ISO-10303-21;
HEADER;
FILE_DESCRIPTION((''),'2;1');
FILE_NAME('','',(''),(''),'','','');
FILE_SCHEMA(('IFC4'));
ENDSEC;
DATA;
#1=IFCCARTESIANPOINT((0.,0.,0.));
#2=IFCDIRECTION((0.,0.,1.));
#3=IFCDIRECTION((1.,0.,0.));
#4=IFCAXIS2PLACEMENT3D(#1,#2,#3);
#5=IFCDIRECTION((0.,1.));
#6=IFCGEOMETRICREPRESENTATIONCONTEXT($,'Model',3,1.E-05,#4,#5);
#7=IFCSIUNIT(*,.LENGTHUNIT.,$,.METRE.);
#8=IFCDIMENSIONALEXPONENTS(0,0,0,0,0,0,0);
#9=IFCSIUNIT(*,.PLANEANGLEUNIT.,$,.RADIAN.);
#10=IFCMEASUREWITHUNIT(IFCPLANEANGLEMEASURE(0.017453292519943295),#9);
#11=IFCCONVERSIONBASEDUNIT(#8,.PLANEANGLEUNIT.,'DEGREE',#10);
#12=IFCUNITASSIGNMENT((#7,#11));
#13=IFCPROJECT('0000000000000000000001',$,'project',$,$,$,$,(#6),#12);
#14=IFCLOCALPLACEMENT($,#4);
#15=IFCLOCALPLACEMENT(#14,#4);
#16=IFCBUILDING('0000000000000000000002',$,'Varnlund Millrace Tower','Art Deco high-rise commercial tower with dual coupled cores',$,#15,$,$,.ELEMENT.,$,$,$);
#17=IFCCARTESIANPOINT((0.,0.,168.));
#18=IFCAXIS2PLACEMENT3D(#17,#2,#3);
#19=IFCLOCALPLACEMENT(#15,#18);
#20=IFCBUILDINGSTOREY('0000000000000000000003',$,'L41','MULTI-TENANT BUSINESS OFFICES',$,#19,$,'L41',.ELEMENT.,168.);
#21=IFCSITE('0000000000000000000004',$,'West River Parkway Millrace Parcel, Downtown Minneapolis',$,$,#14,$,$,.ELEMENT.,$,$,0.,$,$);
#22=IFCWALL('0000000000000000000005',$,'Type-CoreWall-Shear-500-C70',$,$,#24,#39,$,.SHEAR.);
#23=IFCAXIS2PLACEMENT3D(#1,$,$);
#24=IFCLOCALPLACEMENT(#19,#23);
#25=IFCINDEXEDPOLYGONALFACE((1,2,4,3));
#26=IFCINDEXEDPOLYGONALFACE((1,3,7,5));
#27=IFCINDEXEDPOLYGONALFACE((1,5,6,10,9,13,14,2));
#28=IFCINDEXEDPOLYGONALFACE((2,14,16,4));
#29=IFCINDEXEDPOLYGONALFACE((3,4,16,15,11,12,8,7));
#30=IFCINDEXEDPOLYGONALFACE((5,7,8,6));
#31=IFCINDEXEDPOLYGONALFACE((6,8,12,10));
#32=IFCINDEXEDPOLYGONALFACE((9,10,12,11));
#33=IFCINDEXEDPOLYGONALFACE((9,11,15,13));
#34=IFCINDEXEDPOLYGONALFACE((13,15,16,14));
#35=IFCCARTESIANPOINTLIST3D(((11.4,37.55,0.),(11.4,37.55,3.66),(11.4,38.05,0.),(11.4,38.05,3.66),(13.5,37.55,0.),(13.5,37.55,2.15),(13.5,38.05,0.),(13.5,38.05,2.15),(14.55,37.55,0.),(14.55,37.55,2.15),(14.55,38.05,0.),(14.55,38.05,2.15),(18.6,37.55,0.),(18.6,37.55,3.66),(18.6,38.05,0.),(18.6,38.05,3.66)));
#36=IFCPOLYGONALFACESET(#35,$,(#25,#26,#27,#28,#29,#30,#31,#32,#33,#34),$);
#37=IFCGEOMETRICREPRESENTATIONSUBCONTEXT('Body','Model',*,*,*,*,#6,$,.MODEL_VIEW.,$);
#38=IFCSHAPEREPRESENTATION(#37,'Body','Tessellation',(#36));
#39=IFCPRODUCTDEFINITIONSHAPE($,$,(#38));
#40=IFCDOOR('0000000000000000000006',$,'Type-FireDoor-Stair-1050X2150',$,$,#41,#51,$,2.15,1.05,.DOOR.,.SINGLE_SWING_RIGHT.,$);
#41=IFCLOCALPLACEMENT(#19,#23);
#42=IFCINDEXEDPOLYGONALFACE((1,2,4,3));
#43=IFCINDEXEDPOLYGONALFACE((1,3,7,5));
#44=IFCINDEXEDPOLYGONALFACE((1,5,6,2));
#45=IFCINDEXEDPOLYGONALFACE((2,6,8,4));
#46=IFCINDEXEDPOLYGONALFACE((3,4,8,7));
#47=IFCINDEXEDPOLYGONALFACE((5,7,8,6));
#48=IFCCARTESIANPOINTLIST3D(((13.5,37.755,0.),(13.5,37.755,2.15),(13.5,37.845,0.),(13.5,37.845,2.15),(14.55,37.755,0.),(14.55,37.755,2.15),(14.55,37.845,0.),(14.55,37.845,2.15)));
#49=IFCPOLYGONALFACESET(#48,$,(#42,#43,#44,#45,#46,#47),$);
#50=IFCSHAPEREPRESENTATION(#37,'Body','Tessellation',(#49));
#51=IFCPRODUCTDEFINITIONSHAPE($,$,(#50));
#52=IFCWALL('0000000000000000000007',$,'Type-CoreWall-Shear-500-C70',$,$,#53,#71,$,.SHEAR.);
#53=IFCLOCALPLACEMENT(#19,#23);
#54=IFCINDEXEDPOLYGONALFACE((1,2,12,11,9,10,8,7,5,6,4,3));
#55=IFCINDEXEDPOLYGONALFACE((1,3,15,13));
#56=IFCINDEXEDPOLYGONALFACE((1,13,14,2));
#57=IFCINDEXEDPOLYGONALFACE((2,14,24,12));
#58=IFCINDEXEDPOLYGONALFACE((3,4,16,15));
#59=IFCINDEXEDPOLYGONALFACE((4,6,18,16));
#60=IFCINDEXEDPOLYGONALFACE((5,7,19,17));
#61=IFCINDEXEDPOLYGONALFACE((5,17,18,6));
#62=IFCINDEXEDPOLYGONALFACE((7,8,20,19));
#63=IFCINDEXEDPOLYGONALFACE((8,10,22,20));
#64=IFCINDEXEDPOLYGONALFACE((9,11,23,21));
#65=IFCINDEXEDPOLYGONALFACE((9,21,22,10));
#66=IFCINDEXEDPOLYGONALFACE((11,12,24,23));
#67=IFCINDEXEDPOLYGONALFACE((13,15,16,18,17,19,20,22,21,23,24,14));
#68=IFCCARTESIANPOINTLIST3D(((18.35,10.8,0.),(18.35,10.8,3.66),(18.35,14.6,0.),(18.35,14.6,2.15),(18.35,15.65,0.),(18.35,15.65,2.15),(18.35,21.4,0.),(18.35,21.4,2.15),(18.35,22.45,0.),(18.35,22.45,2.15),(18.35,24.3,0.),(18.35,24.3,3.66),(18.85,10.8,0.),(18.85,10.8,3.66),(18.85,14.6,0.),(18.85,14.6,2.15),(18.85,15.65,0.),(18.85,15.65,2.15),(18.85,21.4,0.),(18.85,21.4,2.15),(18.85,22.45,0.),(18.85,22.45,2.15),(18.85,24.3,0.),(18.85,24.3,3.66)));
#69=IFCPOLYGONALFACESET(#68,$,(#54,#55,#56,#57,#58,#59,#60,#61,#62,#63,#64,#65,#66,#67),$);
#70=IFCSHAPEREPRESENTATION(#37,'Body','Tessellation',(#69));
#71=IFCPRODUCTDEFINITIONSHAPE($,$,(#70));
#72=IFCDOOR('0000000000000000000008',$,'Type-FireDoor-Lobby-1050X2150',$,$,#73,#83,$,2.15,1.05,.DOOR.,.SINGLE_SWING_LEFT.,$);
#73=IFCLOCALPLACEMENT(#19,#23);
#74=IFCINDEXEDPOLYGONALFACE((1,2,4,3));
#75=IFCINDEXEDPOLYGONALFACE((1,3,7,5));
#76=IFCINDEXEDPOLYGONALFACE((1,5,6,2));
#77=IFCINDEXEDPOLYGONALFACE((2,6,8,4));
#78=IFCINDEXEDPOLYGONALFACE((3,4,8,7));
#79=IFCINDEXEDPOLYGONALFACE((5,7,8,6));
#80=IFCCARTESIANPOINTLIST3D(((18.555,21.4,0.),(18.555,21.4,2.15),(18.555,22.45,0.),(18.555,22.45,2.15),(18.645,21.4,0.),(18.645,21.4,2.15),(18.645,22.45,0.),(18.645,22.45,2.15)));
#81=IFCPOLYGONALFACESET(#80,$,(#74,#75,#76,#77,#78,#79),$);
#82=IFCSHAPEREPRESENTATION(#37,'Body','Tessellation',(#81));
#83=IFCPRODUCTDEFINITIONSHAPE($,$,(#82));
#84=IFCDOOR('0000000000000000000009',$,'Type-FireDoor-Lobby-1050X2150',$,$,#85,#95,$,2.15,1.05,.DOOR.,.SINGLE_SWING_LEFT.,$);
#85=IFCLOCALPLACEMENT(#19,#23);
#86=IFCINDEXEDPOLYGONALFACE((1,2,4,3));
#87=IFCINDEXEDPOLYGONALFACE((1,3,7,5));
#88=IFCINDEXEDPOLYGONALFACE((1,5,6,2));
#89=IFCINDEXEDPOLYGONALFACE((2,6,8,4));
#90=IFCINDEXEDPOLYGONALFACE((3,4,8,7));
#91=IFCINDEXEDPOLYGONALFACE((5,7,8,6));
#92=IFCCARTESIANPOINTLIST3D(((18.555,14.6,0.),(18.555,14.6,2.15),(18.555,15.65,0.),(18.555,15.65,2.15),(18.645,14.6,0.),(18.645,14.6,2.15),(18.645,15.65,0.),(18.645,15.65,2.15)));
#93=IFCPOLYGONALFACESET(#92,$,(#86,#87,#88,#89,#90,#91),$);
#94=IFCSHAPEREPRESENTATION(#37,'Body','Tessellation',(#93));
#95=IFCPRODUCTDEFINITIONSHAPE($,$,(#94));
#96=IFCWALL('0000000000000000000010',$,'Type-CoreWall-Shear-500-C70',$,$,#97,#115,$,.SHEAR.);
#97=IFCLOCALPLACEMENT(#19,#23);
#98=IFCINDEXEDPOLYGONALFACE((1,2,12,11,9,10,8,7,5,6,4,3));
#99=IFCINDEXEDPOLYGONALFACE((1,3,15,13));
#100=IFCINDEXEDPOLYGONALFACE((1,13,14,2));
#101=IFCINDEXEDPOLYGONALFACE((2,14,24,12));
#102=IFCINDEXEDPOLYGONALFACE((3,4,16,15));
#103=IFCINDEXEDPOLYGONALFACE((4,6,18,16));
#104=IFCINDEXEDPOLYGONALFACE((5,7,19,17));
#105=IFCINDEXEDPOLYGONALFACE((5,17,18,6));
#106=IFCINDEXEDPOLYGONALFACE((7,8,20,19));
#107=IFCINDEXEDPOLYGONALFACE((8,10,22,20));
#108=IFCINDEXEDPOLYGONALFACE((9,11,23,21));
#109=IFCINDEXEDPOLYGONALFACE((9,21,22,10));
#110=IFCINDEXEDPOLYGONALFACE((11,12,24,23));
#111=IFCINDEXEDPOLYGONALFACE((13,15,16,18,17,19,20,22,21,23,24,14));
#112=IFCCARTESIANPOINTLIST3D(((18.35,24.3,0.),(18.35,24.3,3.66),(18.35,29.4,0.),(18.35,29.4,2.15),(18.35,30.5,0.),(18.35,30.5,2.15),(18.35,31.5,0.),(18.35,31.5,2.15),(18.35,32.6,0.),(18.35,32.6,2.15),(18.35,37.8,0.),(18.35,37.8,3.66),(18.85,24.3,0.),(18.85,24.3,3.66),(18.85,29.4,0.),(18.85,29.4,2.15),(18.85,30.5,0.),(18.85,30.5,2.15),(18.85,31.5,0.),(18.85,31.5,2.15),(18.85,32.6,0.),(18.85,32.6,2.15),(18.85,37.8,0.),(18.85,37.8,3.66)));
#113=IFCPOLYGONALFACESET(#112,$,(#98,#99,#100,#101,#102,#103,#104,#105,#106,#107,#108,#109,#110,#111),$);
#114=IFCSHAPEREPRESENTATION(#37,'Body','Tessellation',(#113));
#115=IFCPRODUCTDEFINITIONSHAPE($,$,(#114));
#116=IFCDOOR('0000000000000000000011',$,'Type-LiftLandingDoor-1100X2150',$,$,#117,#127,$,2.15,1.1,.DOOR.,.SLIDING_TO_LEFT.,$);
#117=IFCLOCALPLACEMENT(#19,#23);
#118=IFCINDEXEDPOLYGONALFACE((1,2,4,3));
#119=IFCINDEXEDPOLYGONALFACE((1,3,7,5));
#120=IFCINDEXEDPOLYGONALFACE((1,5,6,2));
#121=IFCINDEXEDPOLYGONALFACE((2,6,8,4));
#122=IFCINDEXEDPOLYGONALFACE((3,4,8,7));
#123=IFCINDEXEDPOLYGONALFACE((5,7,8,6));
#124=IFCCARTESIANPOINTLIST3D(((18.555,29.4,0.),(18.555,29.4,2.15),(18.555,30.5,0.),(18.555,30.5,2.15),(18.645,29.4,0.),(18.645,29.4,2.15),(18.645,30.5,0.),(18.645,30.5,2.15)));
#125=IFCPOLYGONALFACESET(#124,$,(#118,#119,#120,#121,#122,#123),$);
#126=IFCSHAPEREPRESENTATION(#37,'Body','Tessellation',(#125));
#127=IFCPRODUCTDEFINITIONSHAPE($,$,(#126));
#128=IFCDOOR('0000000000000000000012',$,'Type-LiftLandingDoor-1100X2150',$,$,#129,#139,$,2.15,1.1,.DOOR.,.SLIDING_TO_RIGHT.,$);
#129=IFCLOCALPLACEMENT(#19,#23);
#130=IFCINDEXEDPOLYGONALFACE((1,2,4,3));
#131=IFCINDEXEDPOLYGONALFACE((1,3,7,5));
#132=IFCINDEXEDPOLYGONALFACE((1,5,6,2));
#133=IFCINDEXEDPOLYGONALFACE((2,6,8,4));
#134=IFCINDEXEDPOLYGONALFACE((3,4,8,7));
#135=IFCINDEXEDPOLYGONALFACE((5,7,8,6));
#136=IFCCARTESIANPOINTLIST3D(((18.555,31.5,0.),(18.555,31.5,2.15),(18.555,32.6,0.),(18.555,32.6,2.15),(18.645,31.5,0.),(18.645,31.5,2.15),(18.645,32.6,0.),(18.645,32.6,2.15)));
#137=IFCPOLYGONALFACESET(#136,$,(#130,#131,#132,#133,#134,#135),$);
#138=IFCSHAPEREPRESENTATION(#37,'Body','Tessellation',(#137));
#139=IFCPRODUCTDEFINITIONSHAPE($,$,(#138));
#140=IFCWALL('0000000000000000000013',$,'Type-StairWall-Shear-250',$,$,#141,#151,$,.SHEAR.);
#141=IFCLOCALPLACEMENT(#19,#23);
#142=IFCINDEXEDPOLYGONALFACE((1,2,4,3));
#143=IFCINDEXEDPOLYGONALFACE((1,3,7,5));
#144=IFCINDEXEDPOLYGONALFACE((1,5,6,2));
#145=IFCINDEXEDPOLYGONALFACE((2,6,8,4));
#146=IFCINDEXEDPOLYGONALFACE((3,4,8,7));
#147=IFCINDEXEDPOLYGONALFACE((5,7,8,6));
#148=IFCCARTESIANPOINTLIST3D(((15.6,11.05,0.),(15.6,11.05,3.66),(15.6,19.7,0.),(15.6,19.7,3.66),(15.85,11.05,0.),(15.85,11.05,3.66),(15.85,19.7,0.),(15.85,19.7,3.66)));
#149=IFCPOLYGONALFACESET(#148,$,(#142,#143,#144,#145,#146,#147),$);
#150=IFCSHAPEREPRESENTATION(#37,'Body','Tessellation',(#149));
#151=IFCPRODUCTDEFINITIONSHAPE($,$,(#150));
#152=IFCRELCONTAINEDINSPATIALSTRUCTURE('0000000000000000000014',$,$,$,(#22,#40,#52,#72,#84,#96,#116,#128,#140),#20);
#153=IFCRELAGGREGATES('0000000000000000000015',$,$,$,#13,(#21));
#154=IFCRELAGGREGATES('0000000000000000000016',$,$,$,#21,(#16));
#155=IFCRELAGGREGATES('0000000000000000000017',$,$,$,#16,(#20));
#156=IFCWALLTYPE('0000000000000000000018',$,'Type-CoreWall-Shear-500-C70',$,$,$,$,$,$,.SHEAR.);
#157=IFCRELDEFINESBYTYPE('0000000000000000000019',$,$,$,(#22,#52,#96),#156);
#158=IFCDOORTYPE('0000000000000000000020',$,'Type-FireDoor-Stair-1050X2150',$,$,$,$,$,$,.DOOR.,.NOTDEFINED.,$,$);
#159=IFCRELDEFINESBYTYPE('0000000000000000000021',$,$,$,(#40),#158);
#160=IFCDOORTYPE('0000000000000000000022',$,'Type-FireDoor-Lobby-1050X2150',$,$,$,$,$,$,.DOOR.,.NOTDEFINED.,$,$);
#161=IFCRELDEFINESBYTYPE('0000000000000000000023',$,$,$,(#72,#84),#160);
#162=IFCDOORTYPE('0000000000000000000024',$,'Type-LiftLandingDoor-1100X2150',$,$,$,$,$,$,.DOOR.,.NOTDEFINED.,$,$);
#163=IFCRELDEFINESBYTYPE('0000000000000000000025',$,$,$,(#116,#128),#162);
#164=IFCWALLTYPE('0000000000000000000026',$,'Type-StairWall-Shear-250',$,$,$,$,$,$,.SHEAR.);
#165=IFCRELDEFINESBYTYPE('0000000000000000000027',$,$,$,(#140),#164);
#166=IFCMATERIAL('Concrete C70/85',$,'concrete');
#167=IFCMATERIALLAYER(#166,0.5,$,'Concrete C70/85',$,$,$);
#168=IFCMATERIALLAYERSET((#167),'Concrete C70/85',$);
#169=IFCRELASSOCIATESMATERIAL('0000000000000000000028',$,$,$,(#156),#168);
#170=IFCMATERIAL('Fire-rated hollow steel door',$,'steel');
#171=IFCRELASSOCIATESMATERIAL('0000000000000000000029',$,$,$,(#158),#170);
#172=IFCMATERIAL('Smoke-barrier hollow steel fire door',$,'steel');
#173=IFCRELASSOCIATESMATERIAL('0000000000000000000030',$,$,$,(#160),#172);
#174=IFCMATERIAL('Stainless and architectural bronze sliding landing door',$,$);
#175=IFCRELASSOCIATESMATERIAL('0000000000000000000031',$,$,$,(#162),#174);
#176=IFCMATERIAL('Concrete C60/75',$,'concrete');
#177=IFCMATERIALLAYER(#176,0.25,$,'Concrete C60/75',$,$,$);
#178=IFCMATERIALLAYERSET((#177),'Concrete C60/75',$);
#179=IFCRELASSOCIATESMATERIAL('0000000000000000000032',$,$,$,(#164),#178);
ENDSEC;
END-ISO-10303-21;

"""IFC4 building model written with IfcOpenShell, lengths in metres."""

from ifc_helpers import new_model, entity, si_unit, converted_unit, direction, frame, origin_with_axes, origin_2d_with_axis, place, context, subcontext, project, spatial, polyline, rectangle, outline, extrude, material, layer, layer_set, type_object, element, fill, save


model = new_model("IFC4")

# Units and contexts
model_context = context("Model", 3, precision=1e-05, world=origin_with_axes(), true_north=direction((0.0, 1.0)))
body_context = subcontext(model_context, "Body", "Model", "MODEL_VIEW")
ifc_project = project(units=[si_unit("LENGTHUNIT", "METRE"), converted_unit("PLANEANGLEUNIT", "DEGREE", entity("IfcPlaneAngleMeasure", 0.017453292519943295), si_unit("PLANEANGLEUNIT", "RADIAN"), dimensions=[0, 0, 0, 0, 0, 0, 0])], contexts=[model_context])

# Site, building, storey
site_placement = place(None, origin_with_axes())
site = spatial("IfcSite", under=ifc_project, at=site_placement, Name="West River Parkway Millrace Parcel, Downtown Minneapolis", CompositionType="ELEMENT", RefElevation=0.0)
building_placement = place(site_placement, origin_with_axes())
building = spatial("IfcBuilding", under=site, at=building_placement, Name="Varnlund Millrace Tower", Description="Art Deco high-rise commercial tower with dual coupled cores", CompositionType="ELEMENT")
storey_placement = place(building_placement, frame((0.0, 0.0, 168.0), z_axis=(0.0, 0.0, 1.0), x_axis=(1.0, 0.0, 0.0)))
storey = spatial("IfcBuildingStorey", under=building, at=storey_placement, Name="L41", Description="MULTI-TENANT BUSINESS OFFICES", LongName="L41", CompositionType="ELEMENT", Elevation=168.0)

# Shared definitions
ifc_material_1 = material(Name="Concrete C60/75", Category="concrete")

# Shared definitions
ifc_material_2 = material(Name="Concrete C70/85", Category="concrete")
ifc_layer_1 = layer(ifc_material_2, 0.5, Name="Concrete C70/85")
ifc_layer_set_1 = layer_set([ifc_layer_1], Name="Concrete C70/85")
wall_type_1 = type_object("IfcWallType", Name="Type-CoreWall-Shear-500-C70", PredefinedType="SHEAR", material=ifc_layer_set_1)

# Wall, opening, door
ifc_material_3 = material(Name="Fire-rated hollow steel door", Category="steel")
door_type_1 = type_object("IfcDoorType", Name="Type-FireDoor-Stair-1050X2150", OperationType="NOTDEFINED", PredefinedType="DOOR", material=ifc_material_3)
wall_1_placement = place(storey_placement, frame((11.4, 37.8, 0.0), z_axis=(0.0, 0.0, 1.0), x_axis=(1.0, 0.0, 0.0)))
wall_1 = element("IfcWall", 1, at=wall_1_placement, inside=storey, type_object=wall_type_1, Name="Type-CoreWall-Shear-500-C70", PredefinedType="SHEAR", context=body_context, shape_type="SweptSolid", body=[
    extrude(outline(polyline([(0.0, -0.25), (7.2, -0.25), (7.2, 0.25), (0.0, 0.25), (0.0, -0.25)])), origin_with_axes(), (0.0, 0.0, 1.0), 3.66),
])
opening_1_placement = place(wall_1_placement, frame((2.625, 0.0, 0.0), z_axis=(0.0, 0.0, 1.0), x_axis=(1.0, 0.0, 0.0)))
opening_1 = element("IfcOpeningElement", 2, at=opening_1_placement, cuts=wall_1, PredefinedType="OPENING", context=body_context, shape_type="SweptSolid", body=[
    extrude(rectangle(XDim=1.05, YDim=0.52, at=origin_2d_with_axis()), origin_with_axes(), (0.0, 0.0, 1.0), 2.15),
])
door_1_placement = place(wall_1_placement, frame((2.625, 0.0, 0.0), z_axis=(0.0, 0.0, 1.0), x_axis=(1.0, 0.0, 0.0)))
door_1 = element("IfcDoor", 3, at=door_1_placement, inside=storey, type_object=door_type_1, Name="Type-FireDoor-Stair-1050X2150", OperationType="SINGLE_SWING_RIGHT", OverallHeight=2.15, OverallWidth=1.05, PredefinedType="DOOR", context=body_context, shape_type="SweptSolid", body=[
    extrude(rectangle(XDim=1.05, YDim=0.09, at=origin_2d_with_axis()), origin_with_axes(), (0.0, 0.0, 1.0), 2.15),
])
fill(opening_1, door_1)

# Walls, openings, doors
wall_2_placement = place(storey_placement, frame((18.6, 10.8, 0.0), z_axis=(0.0, 0.0, 1.0), x_axis=(0.0, 1.0, 0.0)))
wall_2 = element("IfcWall", 4, at=wall_2_placement, inside=storey, type_object=wall_type_1, Name="Type-CoreWall-Shear-500-C70", PredefinedType="SHEAR", context=body_context, shape_type="SweptSolid", body=[
    extrude(outline(polyline([(0.0, -0.25), (13.5, -0.25), (13.5, 0.25), (0.0, 0.25), (0.0, -0.25)])), origin_with_axes(), (0.0, 0.0, 1.0), 3.66),
])
opening_2_placement = place(wall_2_placement, frame((11.125, 0.0, 0.0), z_axis=(0.0, 0.0, 1.0), x_axis=(1.0, 0.0, 0.0)))
opening_2 = element("IfcOpeningElement", 5, at=opening_2_placement, cuts=wall_2, PredefinedType="OPENING", context=body_context, shape_type="SweptSolid", body=[
    extrude(rectangle(XDim=1.05, YDim=0.52, at=origin_2d_with_axis()), origin_with_axes(), (0.0, 0.0, 1.0), 2.15),
])
opening_3_placement = place(wall_2_placement, frame((4.325, 0.0, 0.0), z_axis=(0.0, 0.0, 1.0), x_axis=(1.0, 0.0, 0.0)))
opening_3 = element("IfcOpeningElement", 6, at=opening_3_placement, cuts=wall_2, PredefinedType="OPENING", context=body_context, shape_type="SweptSolid", body=[
    extrude(rectangle(XDim=1.05, YDim=0.52, at=origin_2d_with_axis()), origin_with_axes(), (0.0, 0.0, 1.0), 2.15),
])
ifc_material_4 = material(Name="Smoke-barrier hollow steel fire door", Category="steel")
door_type_2 = type_object("IfcDoorType", Name="Type-FireDoor-Lobby-1050X2150", OperationType="NOTDEFINED", PredefinedType="DOOR", material=ifc_material_4)
door_2_placement = place(wall_2_placement, frame((11.125, 0.0, 0.0), z_axis=(0.0, 0.0, 1.0), x_axis=(1.0, 0.0, 0.0)))
door_2 = element("IfcDoor", 7, at=door_2_placement, inside=storey, type_object=door_type_2, Name="Type-FireDoor-Lobby-1050X2150", OperationType="SINGLE_SWING_LEFT", OverallHeight=2.15, OverallWidth=1.05, PredefinedType="DOOR", context=body_context, shape_type="SweptSolid", body=[
    extrude(rectangle(XDim=1.05, YDim=0.09, at=origin_2d_with_axis()), origin_with_axes(), (0.0, 0.0, 1.0), 2.15),
])
fill(opening_2, door_2)
door_3_placement = place(wall_2_placement, frame((4.325, 0.0, 0.0), z_axis=(0.0, 0.0, 1.0), x_axis=(1.0, 0.0, 0.0)))
door_3 = element("IfcDoor", 8, at=door_3_placement, inside=storey, type_object=door_type_2, Name="Type-FireDoor-Lobby-1050X2150", OperationType="SINGLE_SWING_LEFT", OverallHeight=2.15, OverallWidth=1.05, PredefinedType="DOOR", context=body_context, shape_type="SweptSolid", body=[
    extrude(rectangle(XDim=1.05, YDim=0.09, at=origin_2d_with_axis()), origin_with_axes(), (0.0, 0.0, 1.0), 2.15),
])
fill(opening_3, door_3)
wall_3_placement = place(storey_placement, frame((18.6, 24.3, 0.0), z_axis=(0.0, 0.0, 1.0), x_axis=(0.0, 1.0, 0.0)))
wall_3 = element("IfcWall", 9, at=wall_3_placement, inside=storey, type_object=wall_type_1, Name="Type-CoreWall-Shear-500-C70", PredefinedType="SHEAR", context=body_context, shape_type="SweptSolid", body=[
    extrude(outline(polyline([(0.0, -0.25), (13.5, -0.25), (13.5, 0.25), (0.0, 0.25), (0.0, -0.25)])), origin_with_axes(), (0.0, 0.0, 1.0), 3.66),
])
opening_4_placement = place(wall_3_placement, frame((5.65, 0.0, 0.0), z_axis=(0.0, 0.0, 1.0), x_axis=(1.0, 0.0, 0.0)))
opening_4 = element("IfcOpeningElement", 10, at=opening_4_placement, cuts=wall_3, PredefinedType="OPENING", context=body_context, shape_type="SweptSolid", body=[
    extrude(rectangle(XDim=1.1, YDim=0.52, at=origin_2d_with_axis()), origin_with_axes(), (0.0, 0.0, 1.0), 2.15),
])
opening_5_placement = place(wall_3_placement, frame((7.75, 0.0, 0.0), z_axis=(0.0, 0.0, 1.0), x_axis=(1.0, 0.0, 0.0)))
opening_5 = element("IfcOpeningElement", 11, at=opening_5_placement, cuts=wall_3, PredefinedType="OPENING", context=body_context, shape_type="SweptSolid", body=[
    extrude(rectangle(XDim=1.1, YDim=0.52, at=origin_2d_with_axis()), origin_with_axes(), (0.0, 0.0, 1.0), 2.15),
])
ifc_material_5 = material(Name="Stainless and architectural bronze sliding landing door")
door_type_3 = type_object("IfcDoorType", Name="Type-LiftLandingDoor-1100X2150", OperationType="NOTDEFINED", PredefinedType="DOOR", material=ifc_material_5)
door_4_placement = place(wall_3_placement, frame((5.65, 0.0, 0.0), z_axis=(0.0, 0.0, 1.0), x_axis=(1.0, 0.0, 0.0)))
door_4 = element("IfcDoor", 12, at=door_4_placement, inside=storey, type_object=door_type_3, Name="Type-LiftLandingDoor-1100X2150", OperationType="SLIDING_TO_LEFT", OverallHeight=2.15, OverallWidth=1.1, PredefinedType="DOOR", context=body_context, shape_type="SweptSolid", body=[
    extrude(rectangle(XDim=1.1, YDim=0.09, at=origin_2d_with_axis()), origin_with_axes(), (0.0, 0.0, 1.0), 2.15),
])
fill(opening_4, door_4)
door_5_placement = place(wall_3_placement, frame((7.75, 0.0, 0.0), z_axis=(0.0, 0.0, 1.0), x_axis=(1.0, 0.0, 0.0)))
door_5 = element("IfcDoor", 13, at=door_5_placement, inside=storey, type_object=door_type_3, Name="Type-LiftLandingDoor-1100X2150", OperationType="SLIDING_TO_RIGHT", OverallHeight=2.15, OverallWidth=1.1, PredefinedType="DOOR", context=body_context, shape_type="SweptSolid", body=[
    extrude(rectangle(XDim=1.1, YDim=0.09, at=origin_2d_with_axis()), origin_with_axes(), (0.0, 0.0, 1.0), 2.15),
])
fill(opening_5, door_5)

# Wall
ifc_layer_2 = layer(ifc_material_1, 0.25, Name="Concrete C60/75")
ifc_layer_set_2 = layer_set([ifc_layer_2], Name="Concrete C60/75")
wall_type_2 = type_object("IfcWallType", Name="Type-StairWall-Shear-250", PredefinedType="SHEAR", material=ifc_layer_set_2)
wall_4_placement = place(storey_placement, frame((15.725, 11.05, 0.0), z_axis=(0.0, 0.0, 1.0), x_axis=(0.0, 1.0, 0.0)))
element("IfcWall", 14, at=wall_4_placement, inside=storey, type_object=wall_type_2, Name="Type-StairWall-Shear-250", PredefinedType="SHEAR", context=body_context, shape_type="SweptSolid", body=[
    extrude(outline(polyline([(0.0, -0.125), (8.65, -0.125), (8.65, 0.125), (0.0, 0.125), (0.0, -0.125)])), origin_with_axes(), (0.0, 0.0, 1.0), 3.66),
])

save(model, "model.ifc")
